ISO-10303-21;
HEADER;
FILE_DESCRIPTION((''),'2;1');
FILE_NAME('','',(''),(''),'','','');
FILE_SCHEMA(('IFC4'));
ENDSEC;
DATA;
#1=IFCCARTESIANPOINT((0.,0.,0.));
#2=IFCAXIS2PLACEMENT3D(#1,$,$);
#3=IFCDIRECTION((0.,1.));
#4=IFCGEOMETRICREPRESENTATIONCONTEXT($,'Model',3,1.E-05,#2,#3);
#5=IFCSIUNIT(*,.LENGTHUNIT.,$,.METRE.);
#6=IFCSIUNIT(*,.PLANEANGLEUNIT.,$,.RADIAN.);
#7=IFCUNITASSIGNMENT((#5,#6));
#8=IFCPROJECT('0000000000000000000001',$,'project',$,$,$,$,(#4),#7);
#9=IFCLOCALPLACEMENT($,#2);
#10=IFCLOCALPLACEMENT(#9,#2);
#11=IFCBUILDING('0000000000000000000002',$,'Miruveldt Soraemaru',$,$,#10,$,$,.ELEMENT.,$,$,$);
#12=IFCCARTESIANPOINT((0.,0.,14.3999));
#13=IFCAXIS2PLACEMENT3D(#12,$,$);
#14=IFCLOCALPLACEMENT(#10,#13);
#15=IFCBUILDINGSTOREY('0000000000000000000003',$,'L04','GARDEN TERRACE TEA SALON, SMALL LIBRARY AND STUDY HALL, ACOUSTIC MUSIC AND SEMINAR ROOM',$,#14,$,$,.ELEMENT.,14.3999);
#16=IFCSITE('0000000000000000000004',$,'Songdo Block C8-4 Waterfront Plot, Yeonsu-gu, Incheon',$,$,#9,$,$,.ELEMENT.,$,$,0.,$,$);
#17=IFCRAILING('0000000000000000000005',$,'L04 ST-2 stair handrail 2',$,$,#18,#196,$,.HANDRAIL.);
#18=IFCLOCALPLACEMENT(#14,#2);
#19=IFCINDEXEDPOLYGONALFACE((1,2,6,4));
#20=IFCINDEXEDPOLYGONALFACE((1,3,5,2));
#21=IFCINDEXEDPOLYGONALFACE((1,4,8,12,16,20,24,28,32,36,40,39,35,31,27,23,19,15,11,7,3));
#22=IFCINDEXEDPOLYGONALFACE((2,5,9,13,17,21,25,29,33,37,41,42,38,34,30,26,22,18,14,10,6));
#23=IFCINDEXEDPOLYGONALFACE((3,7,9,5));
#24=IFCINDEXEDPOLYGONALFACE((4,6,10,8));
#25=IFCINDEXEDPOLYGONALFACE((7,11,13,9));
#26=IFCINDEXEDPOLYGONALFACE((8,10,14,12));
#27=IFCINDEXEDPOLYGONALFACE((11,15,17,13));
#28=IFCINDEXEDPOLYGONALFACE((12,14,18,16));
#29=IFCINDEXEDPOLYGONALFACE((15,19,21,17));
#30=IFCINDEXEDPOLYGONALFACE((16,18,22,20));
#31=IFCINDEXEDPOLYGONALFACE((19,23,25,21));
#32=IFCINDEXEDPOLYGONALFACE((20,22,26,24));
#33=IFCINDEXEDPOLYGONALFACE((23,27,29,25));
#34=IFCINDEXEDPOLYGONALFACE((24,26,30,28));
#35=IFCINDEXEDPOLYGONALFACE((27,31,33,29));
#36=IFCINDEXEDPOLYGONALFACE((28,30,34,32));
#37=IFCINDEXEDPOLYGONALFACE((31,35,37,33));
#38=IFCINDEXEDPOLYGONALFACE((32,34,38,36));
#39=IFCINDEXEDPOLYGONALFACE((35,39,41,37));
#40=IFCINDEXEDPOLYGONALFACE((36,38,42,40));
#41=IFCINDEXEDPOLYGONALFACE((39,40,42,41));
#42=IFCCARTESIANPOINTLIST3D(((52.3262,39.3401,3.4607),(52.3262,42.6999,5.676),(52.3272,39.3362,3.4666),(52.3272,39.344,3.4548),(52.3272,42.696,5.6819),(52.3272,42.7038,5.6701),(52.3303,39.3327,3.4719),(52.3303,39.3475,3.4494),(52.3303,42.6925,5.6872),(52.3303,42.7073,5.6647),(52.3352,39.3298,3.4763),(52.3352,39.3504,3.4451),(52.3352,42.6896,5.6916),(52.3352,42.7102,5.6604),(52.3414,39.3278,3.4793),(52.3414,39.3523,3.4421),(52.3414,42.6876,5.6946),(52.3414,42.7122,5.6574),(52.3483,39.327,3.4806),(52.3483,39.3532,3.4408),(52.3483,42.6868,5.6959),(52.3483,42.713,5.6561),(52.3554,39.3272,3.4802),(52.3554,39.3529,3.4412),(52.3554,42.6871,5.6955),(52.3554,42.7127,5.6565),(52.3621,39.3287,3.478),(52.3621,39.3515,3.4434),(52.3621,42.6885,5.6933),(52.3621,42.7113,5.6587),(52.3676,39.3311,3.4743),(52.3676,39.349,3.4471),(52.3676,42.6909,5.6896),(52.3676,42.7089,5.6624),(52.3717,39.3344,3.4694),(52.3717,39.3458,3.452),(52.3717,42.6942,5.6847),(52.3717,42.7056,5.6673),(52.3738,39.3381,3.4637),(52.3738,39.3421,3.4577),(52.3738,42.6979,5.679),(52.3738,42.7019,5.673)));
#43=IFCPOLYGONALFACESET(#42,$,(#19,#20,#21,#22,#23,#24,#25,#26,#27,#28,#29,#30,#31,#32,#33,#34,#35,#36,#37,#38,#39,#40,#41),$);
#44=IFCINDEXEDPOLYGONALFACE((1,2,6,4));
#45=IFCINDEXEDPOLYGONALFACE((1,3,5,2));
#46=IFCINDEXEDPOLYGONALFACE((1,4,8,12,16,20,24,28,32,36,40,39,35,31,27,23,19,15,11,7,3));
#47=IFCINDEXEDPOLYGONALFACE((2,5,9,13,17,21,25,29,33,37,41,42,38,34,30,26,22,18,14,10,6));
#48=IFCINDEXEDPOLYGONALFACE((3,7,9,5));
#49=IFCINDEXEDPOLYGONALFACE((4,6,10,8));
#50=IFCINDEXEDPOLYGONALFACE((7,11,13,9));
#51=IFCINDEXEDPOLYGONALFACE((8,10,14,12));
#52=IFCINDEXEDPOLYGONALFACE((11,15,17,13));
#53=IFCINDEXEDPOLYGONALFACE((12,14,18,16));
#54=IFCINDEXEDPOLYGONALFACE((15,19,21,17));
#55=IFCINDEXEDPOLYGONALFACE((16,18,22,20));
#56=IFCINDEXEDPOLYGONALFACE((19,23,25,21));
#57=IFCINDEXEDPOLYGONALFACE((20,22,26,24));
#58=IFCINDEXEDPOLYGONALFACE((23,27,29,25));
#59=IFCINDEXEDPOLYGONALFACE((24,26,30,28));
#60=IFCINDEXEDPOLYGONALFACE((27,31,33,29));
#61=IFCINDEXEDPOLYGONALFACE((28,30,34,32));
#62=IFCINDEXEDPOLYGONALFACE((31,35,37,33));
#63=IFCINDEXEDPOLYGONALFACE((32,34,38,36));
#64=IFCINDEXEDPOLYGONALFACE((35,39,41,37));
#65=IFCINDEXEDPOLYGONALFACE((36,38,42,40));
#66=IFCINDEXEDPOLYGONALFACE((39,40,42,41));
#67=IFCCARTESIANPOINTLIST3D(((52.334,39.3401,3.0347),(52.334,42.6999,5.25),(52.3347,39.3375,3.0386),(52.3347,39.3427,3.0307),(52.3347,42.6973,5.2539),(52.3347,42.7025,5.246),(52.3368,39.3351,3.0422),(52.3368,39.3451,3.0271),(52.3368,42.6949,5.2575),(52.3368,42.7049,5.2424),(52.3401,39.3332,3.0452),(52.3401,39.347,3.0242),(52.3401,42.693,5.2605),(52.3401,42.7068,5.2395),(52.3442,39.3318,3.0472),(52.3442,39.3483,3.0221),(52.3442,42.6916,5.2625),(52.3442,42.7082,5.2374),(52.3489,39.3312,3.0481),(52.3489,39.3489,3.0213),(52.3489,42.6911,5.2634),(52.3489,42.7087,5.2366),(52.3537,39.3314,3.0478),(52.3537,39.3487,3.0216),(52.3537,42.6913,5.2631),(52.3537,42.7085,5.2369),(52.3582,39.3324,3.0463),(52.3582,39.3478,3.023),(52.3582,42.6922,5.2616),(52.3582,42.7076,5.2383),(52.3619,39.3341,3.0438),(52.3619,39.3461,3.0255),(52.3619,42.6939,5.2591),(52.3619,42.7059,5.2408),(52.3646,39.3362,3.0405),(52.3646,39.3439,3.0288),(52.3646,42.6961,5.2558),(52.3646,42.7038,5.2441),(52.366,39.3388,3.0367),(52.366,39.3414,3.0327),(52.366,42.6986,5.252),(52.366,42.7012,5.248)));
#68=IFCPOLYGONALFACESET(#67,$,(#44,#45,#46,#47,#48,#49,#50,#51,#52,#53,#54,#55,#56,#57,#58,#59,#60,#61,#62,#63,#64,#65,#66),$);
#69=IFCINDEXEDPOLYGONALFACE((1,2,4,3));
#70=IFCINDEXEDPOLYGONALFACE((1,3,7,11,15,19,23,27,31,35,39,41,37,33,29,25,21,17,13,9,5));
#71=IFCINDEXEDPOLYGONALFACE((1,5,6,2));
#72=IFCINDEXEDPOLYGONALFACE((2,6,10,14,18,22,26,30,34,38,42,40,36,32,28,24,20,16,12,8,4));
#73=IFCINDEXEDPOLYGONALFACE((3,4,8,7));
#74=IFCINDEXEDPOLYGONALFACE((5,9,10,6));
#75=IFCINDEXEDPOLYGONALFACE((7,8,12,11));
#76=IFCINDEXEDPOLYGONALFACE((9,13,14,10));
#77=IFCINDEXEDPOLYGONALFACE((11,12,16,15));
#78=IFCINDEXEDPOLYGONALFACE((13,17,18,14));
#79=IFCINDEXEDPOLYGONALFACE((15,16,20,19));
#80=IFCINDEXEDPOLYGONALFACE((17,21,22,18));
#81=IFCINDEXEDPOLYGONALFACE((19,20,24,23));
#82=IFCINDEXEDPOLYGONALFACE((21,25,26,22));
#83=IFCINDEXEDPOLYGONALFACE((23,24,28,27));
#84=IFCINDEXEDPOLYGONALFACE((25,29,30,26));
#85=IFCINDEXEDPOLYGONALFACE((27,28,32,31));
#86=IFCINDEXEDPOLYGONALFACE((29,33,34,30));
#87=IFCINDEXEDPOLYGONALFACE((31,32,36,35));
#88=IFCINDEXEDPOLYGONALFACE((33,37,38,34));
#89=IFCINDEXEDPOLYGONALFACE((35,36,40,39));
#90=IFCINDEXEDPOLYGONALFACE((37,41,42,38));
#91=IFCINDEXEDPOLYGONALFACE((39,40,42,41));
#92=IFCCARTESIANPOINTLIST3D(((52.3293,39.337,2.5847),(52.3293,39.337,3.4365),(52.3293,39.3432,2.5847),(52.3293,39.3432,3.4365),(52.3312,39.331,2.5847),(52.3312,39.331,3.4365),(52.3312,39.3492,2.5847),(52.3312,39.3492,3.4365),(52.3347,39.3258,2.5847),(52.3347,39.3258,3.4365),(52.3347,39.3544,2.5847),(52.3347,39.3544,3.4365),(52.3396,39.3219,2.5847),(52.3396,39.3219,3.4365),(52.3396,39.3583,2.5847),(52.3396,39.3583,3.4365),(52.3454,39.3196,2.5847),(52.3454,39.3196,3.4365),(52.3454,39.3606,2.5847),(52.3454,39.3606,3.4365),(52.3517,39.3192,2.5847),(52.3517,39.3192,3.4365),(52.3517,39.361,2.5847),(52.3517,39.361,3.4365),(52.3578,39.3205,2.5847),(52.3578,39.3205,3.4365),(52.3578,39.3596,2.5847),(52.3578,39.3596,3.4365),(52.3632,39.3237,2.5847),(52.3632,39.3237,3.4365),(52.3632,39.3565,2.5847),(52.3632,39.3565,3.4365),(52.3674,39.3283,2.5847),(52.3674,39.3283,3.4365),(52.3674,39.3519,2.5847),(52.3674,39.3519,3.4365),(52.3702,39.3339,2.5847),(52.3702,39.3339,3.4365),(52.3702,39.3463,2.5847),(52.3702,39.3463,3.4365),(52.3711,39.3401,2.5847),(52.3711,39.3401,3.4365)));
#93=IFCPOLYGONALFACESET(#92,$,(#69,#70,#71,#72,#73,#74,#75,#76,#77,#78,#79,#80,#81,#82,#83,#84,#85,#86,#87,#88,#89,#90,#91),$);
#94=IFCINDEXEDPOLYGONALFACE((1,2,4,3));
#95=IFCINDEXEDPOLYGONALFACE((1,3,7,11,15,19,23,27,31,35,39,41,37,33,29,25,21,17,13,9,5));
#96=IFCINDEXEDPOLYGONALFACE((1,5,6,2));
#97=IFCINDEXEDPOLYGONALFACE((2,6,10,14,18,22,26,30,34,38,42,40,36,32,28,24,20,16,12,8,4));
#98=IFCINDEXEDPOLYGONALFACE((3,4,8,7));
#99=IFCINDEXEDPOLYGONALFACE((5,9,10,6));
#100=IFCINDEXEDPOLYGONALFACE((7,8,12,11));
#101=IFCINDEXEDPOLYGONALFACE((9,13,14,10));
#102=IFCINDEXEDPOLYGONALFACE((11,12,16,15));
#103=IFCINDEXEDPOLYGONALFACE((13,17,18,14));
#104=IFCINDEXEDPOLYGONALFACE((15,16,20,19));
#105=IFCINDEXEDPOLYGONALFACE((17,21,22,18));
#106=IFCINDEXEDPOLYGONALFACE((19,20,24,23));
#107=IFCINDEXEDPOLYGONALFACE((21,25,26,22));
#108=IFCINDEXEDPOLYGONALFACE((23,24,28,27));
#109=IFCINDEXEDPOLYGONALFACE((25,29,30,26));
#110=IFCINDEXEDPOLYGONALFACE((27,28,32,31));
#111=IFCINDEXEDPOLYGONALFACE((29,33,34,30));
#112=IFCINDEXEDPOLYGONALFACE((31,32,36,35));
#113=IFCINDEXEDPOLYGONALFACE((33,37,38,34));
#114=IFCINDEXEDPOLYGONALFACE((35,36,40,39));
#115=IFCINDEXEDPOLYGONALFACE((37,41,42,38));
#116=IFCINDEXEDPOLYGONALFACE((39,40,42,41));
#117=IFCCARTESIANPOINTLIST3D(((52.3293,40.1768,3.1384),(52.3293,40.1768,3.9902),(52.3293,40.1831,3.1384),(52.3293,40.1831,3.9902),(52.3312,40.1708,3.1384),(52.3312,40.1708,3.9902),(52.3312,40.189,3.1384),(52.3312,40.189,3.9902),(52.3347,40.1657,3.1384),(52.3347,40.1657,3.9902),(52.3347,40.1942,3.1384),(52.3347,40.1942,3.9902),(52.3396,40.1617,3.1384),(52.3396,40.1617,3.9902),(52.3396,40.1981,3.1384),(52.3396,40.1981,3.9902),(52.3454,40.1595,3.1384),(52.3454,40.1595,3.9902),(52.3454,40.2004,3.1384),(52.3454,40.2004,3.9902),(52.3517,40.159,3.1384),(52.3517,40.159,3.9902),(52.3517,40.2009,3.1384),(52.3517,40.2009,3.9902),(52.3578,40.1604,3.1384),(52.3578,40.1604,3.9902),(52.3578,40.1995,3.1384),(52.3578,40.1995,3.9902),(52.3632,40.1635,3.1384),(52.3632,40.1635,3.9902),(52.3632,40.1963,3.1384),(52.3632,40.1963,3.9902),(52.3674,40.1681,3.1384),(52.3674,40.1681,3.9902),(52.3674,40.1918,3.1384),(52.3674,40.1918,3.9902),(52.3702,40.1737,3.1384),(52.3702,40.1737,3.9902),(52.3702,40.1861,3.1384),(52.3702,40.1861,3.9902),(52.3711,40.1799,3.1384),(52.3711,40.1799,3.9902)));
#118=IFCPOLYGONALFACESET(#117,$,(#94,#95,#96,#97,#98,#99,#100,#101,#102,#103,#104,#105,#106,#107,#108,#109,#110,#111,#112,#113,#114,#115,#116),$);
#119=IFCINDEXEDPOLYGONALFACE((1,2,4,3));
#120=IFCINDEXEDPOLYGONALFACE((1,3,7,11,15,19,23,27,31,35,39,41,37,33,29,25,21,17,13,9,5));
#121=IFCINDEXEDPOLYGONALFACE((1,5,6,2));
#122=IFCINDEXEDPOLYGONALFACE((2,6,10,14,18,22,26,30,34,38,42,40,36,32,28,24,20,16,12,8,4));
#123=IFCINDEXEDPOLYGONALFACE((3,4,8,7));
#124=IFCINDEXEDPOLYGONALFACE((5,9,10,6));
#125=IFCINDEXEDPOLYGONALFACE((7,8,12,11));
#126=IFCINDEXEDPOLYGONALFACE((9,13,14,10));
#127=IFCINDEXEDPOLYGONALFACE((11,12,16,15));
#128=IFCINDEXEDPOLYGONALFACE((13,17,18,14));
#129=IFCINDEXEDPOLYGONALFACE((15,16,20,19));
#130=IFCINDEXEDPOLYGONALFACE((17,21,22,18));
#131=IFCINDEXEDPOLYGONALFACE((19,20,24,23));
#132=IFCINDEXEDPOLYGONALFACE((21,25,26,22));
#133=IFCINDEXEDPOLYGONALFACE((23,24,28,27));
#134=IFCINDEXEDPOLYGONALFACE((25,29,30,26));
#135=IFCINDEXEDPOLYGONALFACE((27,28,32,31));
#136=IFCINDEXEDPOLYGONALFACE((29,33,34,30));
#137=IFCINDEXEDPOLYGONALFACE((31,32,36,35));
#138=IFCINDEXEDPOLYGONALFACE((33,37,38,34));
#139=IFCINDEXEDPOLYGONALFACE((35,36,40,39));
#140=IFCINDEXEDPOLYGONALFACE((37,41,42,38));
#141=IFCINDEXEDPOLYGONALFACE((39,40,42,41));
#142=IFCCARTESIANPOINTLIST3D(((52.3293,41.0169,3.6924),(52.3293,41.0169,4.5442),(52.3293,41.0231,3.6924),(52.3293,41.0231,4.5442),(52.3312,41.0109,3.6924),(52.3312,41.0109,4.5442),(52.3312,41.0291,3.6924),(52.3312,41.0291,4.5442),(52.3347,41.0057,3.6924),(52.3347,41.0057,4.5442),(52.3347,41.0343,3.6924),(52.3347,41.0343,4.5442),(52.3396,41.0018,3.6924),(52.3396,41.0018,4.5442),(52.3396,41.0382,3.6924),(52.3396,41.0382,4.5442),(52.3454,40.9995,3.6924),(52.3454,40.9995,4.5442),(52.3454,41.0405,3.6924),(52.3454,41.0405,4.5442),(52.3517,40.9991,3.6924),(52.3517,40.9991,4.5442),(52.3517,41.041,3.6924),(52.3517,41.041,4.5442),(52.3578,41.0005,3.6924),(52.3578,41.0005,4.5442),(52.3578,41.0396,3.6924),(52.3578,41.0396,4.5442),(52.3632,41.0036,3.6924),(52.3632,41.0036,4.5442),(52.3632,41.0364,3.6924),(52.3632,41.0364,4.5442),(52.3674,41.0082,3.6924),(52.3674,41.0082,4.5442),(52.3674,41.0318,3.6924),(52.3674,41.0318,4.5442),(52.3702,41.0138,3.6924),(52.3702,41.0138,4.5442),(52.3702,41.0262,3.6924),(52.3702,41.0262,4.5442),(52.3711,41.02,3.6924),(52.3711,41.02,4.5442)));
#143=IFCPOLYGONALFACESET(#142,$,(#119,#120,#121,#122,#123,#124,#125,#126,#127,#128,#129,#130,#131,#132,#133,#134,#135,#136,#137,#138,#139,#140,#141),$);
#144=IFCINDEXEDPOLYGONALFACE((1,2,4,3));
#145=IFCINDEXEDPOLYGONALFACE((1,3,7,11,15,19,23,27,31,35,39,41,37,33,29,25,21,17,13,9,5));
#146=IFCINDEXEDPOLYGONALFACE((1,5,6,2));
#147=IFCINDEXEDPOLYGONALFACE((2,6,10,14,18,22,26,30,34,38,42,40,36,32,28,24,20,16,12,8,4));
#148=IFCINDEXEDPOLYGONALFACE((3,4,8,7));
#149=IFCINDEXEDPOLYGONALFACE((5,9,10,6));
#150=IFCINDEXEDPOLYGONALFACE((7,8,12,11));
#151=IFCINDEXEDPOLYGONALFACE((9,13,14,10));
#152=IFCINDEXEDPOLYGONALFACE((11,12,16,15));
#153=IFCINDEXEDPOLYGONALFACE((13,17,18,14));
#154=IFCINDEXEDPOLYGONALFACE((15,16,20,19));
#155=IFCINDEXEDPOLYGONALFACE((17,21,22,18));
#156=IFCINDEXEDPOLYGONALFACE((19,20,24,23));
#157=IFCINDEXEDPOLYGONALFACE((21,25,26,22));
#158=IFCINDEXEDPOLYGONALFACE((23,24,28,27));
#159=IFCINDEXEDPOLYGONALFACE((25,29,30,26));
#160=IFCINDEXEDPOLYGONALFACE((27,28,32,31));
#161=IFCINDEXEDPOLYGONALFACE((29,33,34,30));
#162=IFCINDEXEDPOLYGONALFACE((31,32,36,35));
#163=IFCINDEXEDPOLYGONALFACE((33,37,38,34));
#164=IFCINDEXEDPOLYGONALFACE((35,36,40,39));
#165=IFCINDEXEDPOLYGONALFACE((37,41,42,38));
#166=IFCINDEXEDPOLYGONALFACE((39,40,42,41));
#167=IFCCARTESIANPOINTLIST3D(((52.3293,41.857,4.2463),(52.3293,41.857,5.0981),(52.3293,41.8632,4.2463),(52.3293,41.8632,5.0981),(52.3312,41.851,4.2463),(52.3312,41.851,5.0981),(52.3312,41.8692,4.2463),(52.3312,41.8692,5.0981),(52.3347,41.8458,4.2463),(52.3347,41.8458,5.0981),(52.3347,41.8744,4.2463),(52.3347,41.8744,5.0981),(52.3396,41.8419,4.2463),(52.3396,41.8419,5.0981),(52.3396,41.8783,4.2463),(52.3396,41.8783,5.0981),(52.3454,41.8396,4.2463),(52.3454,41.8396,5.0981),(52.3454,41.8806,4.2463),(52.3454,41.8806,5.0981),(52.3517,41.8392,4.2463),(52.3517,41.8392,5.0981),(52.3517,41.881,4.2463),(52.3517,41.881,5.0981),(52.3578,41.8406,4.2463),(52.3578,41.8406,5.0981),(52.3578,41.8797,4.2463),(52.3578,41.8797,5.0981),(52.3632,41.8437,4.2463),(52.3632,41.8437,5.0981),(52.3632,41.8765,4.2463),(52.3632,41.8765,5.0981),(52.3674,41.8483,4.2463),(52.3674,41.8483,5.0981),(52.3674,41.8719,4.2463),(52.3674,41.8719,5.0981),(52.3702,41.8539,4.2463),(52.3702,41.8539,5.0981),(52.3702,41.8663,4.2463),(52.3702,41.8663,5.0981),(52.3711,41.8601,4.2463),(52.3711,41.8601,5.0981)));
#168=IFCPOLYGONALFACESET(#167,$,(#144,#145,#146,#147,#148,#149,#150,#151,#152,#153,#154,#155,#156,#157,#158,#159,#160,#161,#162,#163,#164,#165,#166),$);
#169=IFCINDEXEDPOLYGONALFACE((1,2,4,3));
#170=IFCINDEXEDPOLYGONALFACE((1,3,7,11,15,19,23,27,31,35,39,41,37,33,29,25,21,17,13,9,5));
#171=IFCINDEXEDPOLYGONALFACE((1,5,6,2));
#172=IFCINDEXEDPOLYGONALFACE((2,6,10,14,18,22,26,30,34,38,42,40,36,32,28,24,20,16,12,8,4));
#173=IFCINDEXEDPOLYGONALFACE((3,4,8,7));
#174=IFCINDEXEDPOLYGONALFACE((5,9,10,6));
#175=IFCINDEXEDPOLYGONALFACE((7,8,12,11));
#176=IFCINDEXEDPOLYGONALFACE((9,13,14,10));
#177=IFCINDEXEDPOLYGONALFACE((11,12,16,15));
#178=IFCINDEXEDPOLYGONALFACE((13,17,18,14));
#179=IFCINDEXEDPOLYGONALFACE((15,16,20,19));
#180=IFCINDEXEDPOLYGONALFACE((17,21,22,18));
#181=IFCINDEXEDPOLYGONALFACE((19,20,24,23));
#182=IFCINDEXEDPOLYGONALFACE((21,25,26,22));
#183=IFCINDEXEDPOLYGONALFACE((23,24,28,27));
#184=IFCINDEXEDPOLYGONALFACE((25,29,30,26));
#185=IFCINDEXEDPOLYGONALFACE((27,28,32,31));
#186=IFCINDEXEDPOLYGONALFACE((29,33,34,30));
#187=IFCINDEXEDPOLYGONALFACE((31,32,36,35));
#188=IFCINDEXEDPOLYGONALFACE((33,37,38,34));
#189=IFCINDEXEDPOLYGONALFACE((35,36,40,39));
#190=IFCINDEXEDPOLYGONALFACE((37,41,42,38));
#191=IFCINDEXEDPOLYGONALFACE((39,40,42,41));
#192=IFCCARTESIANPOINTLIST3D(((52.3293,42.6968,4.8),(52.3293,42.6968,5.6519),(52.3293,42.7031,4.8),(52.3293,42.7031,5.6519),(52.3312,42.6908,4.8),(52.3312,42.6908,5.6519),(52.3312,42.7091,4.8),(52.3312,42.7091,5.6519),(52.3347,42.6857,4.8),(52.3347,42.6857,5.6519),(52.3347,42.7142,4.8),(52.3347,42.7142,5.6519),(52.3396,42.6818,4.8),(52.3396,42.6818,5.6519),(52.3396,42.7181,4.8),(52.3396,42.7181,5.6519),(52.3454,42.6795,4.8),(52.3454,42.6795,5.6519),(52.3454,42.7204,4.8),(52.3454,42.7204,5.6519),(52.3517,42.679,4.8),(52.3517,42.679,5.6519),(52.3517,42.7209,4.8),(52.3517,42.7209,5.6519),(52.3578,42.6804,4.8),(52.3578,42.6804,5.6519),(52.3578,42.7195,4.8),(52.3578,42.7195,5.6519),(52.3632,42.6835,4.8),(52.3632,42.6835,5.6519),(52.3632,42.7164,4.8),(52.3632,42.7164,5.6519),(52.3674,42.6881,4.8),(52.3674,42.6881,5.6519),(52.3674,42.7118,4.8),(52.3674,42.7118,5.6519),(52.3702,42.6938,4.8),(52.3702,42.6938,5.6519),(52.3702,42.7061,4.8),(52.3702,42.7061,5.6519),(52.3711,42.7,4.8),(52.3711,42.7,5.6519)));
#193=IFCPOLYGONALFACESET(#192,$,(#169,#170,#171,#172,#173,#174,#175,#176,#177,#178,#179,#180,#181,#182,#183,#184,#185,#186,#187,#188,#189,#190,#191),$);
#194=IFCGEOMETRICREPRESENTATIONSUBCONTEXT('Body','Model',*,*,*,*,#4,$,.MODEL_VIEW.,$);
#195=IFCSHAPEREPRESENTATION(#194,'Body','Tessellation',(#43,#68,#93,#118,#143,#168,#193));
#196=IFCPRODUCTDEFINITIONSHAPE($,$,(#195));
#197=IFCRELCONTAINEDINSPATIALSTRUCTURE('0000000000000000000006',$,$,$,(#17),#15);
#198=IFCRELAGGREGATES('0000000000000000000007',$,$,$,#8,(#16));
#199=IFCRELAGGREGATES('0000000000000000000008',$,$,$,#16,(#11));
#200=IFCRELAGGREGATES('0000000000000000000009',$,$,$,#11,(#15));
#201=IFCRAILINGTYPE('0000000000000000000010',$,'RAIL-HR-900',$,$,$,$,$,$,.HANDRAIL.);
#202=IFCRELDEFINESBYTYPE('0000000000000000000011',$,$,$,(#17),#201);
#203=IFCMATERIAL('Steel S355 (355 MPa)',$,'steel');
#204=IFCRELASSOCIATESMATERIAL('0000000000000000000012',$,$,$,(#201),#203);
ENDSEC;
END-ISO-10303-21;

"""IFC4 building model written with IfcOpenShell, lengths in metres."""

from ifc_helpers import new_model, si_unit, direction, frame, origin, origin_2d, place, context, subcontext, project, spatial, circle, extrude, material, type_object, element, save


model = new_model("IFC4")

# Units and contexts
model_context = context("Model", 3, precision=1e-05, world=origin(), true_north=direction((0.0, 1.0)))
body_context = subcontext(model_context, "Body", "Model", "MODEL_VIEW")
ifc_project = project(units=[si_unit("LENGTHUNIT", "METRE"), si_unit("PLANEANGLEUNIT", "RADIAN")], contexts=[model_context])

# Site, building, storey
site_placement = place(None, origin())
site = spatial("IfcSite", under=ifc_project, at=site_placement, Name="Songdo Block C8-4 Waterfront Plot, Yeonsu-gu, Incheon", CompositionType="ELEMENT", RefElevation=0.0)
building_placement = place(site_placement, origin())
building = spatial("IfcBuilding", under=site, at=building_placement, Name="Miruveldt Soraemaru", CompositionType="ELEMENT")
storey_placement = place(building_placement, frame((0.0, 0.0, 14.3999)))
storey = spatial("IfcBuildingStorey", under=building, at=storey_placement, Name="L04", Description="GARDEN TERRACE TEA SALON, SMALL LIBRARY AND STUDY HALL, ACOUSTIC MUSIC AND SEMINAR ROOM", CompositionType="ELEMENT", Elevation=14.3999)

# Railing
ifc_material_1 = material(Name="Steel S355 (355 MPa)", Category="steel")
railing_type_1 = type_object("IfcRailingType", Name="RAIL-HR-900", PredefinedType="HANDRAIL", material=ifc_material_1)
railing_1_placement = place(storey_placement, frame((52.3501, 39.3401, 2.5847)))
element("IfcRailing", 1, at=railing_1_placement, inside=storey, type_object=railing_type_1, Name="L04 ST-2 stair handrail 2", PredefinedType="HANDRAIL", context=body_context, shape_type="SweptSolid", body=[
    extrude(circle(Radius=0.0239, at=origin_2d()), frame((0.0, 0.0, 0.876), z_axis=(0.0, 0.834858, 0.550465), x_axis=(-1.0, 0.0, 0.0)), (0.0, 0.0, 1.0), 4.0244),
    extrude(circle(Radius=0.0161, at=origin_2d()), frame((0.0, 0.0, 0.45), z_axis=(0.0, 0.834858, 0.550465), x_axis=(-1.0, 0.0, 0.0)), (0.0, 0.0, 1.0), 4.0244),
    extrude(circle(Radius=0.021, at=origin_2d()), origin(), (0.0, 0.0, 1.0), 0.8518),
    extrude(circle(Radius=0.021, at=origin_2d()), frame((0.0, 0.8398, 0.5537)), (0.0, 0.0, 1.0), 0.8518),
    extrude(circle(Radius=0.021, at=origin_2d()), frame((0.0, 1.6799, 1.1077)), (0.0, 0.0, 1.0), 0.8518),
    extrude(circle(Radius=0.021, at=origin_2d()), frame((0.0, 2.52, 1.6616)), (0.0, 0.0, 1.0), 0.8518),
    extrude(circle(Radius=0.021, at=origin_2d()), frame((0.0, 3.3599, 2.2153)), (0.0, 0.0, 1.0), 0.8518),
])

save(model, "model.ifc")
